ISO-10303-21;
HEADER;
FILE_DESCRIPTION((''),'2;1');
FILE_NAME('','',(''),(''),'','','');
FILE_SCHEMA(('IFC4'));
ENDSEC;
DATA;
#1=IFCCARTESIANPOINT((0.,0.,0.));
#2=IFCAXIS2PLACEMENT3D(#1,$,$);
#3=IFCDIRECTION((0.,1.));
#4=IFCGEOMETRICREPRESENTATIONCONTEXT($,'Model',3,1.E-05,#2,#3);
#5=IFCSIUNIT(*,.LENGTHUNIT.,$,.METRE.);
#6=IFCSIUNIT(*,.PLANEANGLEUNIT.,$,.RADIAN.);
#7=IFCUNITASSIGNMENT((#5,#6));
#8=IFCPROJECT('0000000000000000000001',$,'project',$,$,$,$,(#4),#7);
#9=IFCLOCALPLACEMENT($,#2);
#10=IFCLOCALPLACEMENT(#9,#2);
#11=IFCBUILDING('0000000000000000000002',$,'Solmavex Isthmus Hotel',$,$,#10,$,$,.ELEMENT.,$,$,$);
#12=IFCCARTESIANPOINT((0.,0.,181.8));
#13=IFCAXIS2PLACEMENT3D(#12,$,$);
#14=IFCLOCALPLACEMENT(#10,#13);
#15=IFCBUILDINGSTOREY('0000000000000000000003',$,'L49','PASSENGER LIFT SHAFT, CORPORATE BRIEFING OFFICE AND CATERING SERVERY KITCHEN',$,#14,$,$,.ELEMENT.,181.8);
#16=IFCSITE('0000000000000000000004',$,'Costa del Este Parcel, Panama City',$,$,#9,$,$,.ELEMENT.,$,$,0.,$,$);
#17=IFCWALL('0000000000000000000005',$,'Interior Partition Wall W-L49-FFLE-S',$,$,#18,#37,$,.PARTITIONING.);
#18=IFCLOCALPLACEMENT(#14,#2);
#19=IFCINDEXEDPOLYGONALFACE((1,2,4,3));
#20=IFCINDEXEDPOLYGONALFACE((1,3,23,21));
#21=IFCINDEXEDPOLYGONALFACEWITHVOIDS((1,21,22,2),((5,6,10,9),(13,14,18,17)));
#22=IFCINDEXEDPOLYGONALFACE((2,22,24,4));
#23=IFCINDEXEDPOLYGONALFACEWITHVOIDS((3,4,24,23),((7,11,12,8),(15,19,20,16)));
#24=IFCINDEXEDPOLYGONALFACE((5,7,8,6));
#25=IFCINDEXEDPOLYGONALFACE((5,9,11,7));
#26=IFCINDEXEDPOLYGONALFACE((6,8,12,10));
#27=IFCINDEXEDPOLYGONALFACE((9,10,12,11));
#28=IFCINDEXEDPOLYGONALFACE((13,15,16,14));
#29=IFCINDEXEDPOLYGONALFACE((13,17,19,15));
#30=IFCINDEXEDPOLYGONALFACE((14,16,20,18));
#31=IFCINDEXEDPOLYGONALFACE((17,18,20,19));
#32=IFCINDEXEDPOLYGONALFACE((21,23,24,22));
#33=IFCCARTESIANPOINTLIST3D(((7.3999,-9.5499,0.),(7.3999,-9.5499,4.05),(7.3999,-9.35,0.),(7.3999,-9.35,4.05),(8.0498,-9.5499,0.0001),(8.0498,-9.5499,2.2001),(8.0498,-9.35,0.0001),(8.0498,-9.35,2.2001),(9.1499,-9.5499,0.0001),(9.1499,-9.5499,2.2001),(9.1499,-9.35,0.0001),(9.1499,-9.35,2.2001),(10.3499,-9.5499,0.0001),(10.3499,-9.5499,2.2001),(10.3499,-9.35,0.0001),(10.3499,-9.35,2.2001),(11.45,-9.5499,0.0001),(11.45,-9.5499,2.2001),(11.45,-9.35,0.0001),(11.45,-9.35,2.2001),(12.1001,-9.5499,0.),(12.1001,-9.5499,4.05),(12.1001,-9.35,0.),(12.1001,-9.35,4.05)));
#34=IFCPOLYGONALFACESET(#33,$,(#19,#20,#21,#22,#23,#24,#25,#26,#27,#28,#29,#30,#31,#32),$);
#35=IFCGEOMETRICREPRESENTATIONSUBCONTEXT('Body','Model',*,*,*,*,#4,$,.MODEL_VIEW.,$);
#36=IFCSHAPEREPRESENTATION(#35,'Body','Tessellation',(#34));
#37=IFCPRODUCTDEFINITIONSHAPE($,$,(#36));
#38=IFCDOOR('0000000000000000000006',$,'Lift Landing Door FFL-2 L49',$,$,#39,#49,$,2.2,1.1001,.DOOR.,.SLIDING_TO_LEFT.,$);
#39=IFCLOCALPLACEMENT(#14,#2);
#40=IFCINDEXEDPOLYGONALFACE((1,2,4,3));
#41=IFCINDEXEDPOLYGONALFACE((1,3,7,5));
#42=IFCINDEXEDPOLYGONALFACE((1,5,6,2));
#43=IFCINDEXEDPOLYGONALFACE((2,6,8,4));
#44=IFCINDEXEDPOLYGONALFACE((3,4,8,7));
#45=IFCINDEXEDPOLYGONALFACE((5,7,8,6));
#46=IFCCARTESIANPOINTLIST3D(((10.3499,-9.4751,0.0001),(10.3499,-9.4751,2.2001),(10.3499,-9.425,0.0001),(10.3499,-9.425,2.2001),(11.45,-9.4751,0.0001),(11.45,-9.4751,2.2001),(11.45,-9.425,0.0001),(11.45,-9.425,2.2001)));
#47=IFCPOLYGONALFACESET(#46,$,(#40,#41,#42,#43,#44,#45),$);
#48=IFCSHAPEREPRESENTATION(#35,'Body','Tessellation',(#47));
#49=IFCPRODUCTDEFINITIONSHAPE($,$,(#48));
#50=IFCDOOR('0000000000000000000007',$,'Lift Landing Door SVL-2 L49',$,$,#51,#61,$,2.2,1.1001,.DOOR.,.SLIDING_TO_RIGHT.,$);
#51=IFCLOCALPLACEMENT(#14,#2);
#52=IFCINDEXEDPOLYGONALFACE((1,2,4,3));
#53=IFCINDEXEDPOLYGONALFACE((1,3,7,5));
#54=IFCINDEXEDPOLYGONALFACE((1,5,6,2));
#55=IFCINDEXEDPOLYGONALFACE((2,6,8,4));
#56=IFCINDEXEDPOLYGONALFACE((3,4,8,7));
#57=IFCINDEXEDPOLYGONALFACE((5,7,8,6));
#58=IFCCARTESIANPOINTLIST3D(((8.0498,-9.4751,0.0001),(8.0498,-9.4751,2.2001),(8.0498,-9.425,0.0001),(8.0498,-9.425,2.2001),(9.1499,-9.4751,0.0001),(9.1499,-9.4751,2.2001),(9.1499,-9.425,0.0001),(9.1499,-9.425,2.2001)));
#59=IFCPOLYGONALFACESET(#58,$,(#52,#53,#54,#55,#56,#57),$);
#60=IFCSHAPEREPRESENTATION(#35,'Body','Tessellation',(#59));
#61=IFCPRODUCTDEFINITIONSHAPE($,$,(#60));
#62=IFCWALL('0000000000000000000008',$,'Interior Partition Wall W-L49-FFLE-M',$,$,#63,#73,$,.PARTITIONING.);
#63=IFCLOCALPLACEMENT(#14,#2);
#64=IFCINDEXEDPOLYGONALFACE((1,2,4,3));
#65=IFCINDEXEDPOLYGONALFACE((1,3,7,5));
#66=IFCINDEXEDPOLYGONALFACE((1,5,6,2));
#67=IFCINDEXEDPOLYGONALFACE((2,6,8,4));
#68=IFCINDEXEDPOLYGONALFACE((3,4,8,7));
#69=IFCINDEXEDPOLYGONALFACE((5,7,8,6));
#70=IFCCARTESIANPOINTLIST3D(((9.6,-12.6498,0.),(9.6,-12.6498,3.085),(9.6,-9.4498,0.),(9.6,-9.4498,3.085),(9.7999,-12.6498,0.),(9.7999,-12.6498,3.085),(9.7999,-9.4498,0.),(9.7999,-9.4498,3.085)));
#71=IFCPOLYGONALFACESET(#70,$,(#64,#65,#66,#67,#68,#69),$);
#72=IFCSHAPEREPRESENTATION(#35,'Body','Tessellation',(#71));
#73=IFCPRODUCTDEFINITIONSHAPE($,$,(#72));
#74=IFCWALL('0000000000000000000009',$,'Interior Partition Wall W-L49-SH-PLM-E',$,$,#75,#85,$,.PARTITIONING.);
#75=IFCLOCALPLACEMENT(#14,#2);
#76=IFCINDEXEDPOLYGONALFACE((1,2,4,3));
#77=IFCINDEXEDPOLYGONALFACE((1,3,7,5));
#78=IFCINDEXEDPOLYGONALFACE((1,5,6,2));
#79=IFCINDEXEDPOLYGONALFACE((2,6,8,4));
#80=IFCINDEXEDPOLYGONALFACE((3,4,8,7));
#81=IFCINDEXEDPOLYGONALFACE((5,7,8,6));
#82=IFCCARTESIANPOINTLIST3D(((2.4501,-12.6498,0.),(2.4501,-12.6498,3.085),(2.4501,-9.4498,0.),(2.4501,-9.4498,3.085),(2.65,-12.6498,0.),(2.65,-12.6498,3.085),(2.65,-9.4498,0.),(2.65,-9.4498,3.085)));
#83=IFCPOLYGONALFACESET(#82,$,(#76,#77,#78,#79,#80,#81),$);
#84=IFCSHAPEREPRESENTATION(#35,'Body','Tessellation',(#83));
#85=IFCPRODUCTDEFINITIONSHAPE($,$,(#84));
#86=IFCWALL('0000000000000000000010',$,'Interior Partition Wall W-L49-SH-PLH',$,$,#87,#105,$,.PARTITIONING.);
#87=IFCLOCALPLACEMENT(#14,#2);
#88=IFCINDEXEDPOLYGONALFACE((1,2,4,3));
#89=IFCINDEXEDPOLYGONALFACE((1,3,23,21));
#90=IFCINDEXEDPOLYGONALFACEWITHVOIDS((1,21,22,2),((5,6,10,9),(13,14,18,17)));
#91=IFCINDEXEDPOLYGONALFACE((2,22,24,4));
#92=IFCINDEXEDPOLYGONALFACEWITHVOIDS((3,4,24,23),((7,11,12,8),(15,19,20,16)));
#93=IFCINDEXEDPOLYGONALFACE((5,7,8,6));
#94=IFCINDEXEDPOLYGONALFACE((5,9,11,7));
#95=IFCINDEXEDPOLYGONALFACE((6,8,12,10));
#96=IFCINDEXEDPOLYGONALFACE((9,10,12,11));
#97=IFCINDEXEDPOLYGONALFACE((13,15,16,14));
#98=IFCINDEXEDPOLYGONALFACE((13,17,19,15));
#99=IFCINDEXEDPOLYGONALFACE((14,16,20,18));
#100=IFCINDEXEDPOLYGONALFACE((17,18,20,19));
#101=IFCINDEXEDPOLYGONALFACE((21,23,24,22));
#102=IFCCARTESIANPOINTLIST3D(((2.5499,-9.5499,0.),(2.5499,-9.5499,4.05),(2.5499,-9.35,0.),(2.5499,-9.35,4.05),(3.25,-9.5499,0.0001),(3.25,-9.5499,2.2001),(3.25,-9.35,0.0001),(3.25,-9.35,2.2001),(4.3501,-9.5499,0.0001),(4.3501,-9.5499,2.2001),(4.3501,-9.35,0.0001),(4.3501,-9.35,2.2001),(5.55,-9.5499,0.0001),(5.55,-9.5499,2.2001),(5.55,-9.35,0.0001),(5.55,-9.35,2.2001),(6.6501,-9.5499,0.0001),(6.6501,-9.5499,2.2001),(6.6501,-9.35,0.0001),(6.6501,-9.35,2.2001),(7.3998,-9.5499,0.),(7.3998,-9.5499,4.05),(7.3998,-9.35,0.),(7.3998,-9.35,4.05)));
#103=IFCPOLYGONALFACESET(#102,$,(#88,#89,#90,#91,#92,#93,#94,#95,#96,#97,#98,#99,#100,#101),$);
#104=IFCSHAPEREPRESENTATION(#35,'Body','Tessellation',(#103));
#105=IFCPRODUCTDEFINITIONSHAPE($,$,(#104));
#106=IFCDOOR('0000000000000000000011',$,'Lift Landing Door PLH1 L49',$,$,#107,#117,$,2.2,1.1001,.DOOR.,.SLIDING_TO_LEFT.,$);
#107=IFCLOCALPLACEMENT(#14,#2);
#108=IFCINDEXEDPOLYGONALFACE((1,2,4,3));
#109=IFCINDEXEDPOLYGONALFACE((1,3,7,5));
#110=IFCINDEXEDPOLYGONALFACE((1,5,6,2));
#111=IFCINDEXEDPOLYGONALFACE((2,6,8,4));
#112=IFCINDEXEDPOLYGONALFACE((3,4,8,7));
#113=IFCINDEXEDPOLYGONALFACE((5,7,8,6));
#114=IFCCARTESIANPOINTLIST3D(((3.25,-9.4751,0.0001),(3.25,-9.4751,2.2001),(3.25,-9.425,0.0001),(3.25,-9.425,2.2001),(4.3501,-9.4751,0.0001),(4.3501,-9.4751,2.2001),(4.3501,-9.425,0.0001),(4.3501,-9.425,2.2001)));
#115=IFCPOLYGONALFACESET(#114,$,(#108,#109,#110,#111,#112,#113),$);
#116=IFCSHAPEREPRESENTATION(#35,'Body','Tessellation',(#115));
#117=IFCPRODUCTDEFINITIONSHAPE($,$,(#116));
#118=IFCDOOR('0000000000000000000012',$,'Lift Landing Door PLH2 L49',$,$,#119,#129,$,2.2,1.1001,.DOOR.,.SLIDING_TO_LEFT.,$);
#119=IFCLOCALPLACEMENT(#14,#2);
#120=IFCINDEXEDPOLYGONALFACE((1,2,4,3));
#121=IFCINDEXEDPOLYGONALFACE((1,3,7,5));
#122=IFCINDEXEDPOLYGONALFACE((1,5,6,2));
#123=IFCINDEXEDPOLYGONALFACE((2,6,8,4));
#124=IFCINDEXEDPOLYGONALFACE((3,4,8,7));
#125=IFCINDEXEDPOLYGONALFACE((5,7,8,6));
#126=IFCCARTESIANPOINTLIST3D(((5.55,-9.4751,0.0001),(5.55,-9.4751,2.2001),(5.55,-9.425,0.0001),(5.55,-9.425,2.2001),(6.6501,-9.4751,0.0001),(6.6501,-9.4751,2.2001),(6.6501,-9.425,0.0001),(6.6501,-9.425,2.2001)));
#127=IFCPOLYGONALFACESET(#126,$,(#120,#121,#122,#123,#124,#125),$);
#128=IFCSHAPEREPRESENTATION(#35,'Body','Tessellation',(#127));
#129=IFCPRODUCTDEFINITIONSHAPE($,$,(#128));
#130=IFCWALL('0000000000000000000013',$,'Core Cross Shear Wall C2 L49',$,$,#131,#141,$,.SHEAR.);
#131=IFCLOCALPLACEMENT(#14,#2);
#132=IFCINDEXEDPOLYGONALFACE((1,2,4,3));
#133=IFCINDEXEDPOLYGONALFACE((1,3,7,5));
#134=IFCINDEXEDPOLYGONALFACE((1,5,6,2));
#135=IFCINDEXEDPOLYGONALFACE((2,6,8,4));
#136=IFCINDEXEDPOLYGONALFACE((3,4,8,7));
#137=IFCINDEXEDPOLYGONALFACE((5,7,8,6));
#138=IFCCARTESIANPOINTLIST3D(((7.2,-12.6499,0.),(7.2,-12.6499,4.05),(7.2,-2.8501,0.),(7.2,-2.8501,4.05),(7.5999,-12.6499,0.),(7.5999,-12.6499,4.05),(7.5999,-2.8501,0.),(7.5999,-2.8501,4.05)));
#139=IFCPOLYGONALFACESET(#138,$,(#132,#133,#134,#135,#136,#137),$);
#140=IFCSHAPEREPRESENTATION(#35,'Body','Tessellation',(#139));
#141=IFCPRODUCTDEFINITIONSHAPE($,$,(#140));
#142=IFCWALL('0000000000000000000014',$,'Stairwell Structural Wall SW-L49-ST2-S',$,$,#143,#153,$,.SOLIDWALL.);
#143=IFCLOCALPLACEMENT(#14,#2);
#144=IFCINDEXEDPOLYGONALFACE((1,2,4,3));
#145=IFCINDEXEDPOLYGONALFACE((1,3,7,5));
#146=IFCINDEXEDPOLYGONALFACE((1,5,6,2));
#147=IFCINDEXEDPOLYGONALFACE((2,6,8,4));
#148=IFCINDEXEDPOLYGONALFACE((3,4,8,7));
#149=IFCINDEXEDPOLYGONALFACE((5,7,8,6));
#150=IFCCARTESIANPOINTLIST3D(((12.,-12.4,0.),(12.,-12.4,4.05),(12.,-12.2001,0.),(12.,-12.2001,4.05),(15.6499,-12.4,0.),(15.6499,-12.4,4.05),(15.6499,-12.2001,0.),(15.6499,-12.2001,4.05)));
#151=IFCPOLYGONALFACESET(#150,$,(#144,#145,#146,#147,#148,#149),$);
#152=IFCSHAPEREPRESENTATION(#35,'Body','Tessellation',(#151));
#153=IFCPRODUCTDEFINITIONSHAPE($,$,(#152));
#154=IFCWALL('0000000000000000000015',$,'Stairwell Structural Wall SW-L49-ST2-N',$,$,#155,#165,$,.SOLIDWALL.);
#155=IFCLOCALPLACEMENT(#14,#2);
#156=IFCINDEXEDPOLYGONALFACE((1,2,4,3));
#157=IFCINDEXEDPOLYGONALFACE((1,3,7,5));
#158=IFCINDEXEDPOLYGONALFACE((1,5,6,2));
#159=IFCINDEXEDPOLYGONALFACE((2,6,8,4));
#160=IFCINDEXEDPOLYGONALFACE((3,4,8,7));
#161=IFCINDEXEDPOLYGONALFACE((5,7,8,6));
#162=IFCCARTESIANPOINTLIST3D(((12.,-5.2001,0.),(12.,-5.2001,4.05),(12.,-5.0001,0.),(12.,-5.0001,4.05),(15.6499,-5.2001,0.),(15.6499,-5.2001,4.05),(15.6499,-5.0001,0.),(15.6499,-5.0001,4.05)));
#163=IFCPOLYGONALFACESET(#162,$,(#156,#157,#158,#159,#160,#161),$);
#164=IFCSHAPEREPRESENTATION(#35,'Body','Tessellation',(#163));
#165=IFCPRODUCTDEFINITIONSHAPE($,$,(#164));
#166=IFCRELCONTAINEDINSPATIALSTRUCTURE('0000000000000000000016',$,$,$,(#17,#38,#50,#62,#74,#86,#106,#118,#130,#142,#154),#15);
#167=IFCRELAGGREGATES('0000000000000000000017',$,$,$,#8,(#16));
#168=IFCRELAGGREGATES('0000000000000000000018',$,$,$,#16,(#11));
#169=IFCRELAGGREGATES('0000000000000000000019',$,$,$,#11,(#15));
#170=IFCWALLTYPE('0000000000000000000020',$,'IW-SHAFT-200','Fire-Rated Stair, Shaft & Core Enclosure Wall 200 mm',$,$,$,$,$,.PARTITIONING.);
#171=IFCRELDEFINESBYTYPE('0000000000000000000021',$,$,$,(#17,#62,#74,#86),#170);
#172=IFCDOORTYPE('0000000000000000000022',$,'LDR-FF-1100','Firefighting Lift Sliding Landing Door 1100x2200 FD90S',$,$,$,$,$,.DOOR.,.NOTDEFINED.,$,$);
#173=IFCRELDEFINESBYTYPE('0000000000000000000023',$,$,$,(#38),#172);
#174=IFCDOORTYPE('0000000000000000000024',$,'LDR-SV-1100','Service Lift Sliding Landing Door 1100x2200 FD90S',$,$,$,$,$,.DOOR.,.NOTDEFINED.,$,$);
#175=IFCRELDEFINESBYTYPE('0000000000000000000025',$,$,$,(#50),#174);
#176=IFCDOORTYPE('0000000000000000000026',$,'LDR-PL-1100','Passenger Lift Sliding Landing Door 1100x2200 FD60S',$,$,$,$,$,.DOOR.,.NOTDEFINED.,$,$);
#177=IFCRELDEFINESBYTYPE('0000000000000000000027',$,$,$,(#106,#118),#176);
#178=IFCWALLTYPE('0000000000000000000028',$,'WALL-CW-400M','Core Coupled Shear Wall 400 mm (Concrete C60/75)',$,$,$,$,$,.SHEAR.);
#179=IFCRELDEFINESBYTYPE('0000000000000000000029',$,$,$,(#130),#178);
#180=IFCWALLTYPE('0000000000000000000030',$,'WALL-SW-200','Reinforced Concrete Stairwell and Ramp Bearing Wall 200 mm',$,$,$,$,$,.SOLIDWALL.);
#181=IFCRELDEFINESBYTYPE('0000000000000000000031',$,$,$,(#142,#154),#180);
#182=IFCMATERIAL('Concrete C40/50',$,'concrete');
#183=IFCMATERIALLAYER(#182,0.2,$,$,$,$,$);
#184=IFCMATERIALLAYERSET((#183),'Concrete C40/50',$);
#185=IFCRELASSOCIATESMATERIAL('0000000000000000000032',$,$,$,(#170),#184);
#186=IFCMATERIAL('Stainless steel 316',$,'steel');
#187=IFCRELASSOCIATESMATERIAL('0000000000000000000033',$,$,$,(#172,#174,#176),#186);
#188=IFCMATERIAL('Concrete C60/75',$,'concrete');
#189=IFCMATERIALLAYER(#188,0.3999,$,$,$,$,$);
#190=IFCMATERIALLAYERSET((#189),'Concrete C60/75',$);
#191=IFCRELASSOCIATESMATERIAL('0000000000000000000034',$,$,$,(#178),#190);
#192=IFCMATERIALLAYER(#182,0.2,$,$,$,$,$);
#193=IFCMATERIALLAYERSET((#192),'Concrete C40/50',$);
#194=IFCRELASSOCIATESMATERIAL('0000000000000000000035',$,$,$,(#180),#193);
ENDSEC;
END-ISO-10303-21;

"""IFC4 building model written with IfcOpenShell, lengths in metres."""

from ifc_helpers import new_model, si_unit, direction, frame, frame_2d, origin, place, context, subcontext, project, spatial, rectangle, extrude, material, layer, layer_set, type_object, element, fill, save


model = new_model("IFC4")

# Units and contexts
model_context = context("Model", 3, precision=1e-05, world=origin(), true_north=direction((0.0, 1.0)))
body_context = subcontext(model_context, "Body", "Model", "MODEL_VIEW")
ifc_project = project(units=[si_unit("LENGTHUNIT", "METRE"), si_unit("PLANEANGLEUNIT", "RADIAN")], contexts=[model_context])

# Site, building, storey
site_placement = place(None, origin())
site = spatial("IfcSite", under=ifc_project, at=site_placement, Name="Costa del Este Parcel, Panama City", CompositionType="ELEMENT", RefElevation=0.0)
building_placement = place(site_placement, origin())
building = spatial("IfcBuilding", under=site, at=building_placement, Name="Solmavex Isthmus Hotel", CompositionType="ELEMENT")
storey_placement = place(building_placement, frame((0.0, 0.0, 181.8)))
storey = spatial("IfcBuildingStorey", under=building, at=storey_placement, Name="L49", Description="PASSENGER LIFT SHAFT, CORPORATE BRIEFING OFFICE AND CATERING SERVERY KITCHEN", CompositionType="ELEMENT", Elevation=181.8)

# Shared definitions
ifc_material_1 = material(Name="Concrete C60/75", Category="concrete")

# Shared definitions
ifc_material_2 = material(Name="Concrete C40/50", Category="concrete")

# Shared definitions
ifc_layer_1 = layer(ifc_material_2, 0.2)
ifc_layer_set_1 = layer_set([ifc_layer_1], Name="Concrete C40/50")
wall_type_1 = type_object("IfcWallType", Name="IW-SHAFT-200", Description="Fire-Rated Stair, Shaft & Core Enclosure Wall 200 mm", PredefinedType="PARTITIONING", material=ifc_layer_set_1)

# Wall, openings, doors
wall_1_placement = place(storey_placement, frame((7.3999, -9.45, 0.0), z_axis=(0.0, 0.0, 1.0), x_axis=(1.0, 0.0, 0.0)))
wall_1 = element("IfcWall", 1, at=wall_1_placement, inside=storey, type_object=wall_type_1, Name="Interior Partition Wall W-L49-FFLE-S", PredefinedType="PARTITIONING", context=body_context, shape_type="SweptSolid", body=[
    extrude(rectangle(XDim=4.7002, YDim=0.2, at=frame_2d((2.3501, 0.0))), origin(), (0.0, 0.0, 1.0), 4.05),
])
opening_1_placement = place(wall_1_placement, frame((2.95, 0.0, 0.0)))
opening_1 = element("IfcOpeningElement", 2, at=opening_1_placement, cuts=wall_1, PredefinedType="OPENING", context=body_context, shape_type="SweptSolid", body=[
    extrude(rectangle(XDim=1.1001, YDim=2.2, at=frame_2d((0.55, 1.1001))), frame((0.0, 0.1099, 0.0), z_axis=(0.0, -1.0, 0.0), x_axis=(1.0, 0.0, 0.0)), (0.0, 0.0, 1.0), 0.22),
])
opening_2_placement = place(wall_1_placement, frame((0.6499, 0.0, 0.0)))
opening_2 = element("IfcOpeningElement", 3, at=opening_2_placement, cuts=wall_1, PredefinedType="OPENING", context=body_context, shape_type="SweptSolid", body=[
    extrude(rectangle(XDim=1.1001, YDim=2.2, at=frame_2d((0.55, 1.1001))), frame((0.0, 0.1099, 0.0), z_axis=(0.0, -1.0, 0.0), x_axis=(1.0, 0.0, 0.0)), (0.0, 0.0, 1.0), 0.22),
])
ifc_material_3 = material(Name="Stainless steel 316", Category="steel")
door_type_1 = type_object("IfcDoorType", Name="LDR-FF-1100", Description="Firefighting Lift Sliding Landing Door 1100x2200 FD90S", OperationType="NOTDEFINED", PredefinedType="DOOR", material=ifc_material_3)
door_1_placement = place(opening_1_placement, origin())
door_1 = element("IfcDoor", 4, at=door_1_placement, inside=storey, type_object=door_type_1, Name="Lift Landing Door FFL-2 L49", OperationType="SLIDING_TO_LEFT", OverallHeight=2.2, OverallWidth=1.1001, PredefinedType="DOOR", context=body_context, shape_type="SweptSolid", body=[
    extrude(rectangle(XDim=1.1001, YDim=2.2, at=frame_2d((0.55, 1.1001))), frame((0.0, 0.0249, 0.0), z_axis=(0.0, -1.0, 0.0), x_axis=(1.0, 0.0, 0.0)), (0.0, 0.0, 1.0), 0.05),
])
fill(opening_1, door_1)
door_type_2 = type_object("IfcDoorType", Name="LDR-SV-1100", Description="Service Lift Sliding Landing Door 1100x2200 FD90S", OperationType="NOTDEFINED", PredefinedType="DOOR", material=ifc_material_3)
door_2_placement = place(opening_2_placement, origin())
door_2 = element("IfcDoor", 5, at=door_2_placement, inside=storey, type_object=door_type_2, Name="Lift Landing Door SVL-2 L49", OperationType="SLIDING_TO_RIGHT", OverallHeight=2.2, OverallWidth=1.1001, PredefinedType="DOOR", context=body_context, shape_type="SweptSolid", body=[
    extrude(rectangle(XDim=1.1001, YDim=2.2, at=frame_2d((0.55, 1.1001))), frame((0.0, 0.0249, 0.0), z_axis=(0.0, -1.0, 0.0), x_axis=(1.0, 0.0, 0.0)), (0.0, 0.0, 1.0), 0.05),
])
fill(opening_2, door_2)

# Walls
for number, where, z_axis, x_axis, name in (
    (6, (9.7, -12.6499, 0.0), (0.0, 0.0, 1.0), (0.0, 1.0, 0.0), "Interior Partition Wall W-L49-FFLE-M"),
    (7, (2.55, -12.6499, 0.0), (0.0, 0.0, 1.0), (0.0, 1.0, 0.0), "Interior Partition Wall W-L49-SH-PLM-E"),
):
    element("IfcWall", number, at=place(storey_placement, frame(where, z_axis=z_axis, x_axis=x_axis)), inside=storey, type_object=wall_type_1, Name=name, PredefinedType="PARTITIONING", context=body_context, shape_type="SweptSolid", body=[
        extrude(rectangle(XDim=3.2, YDim=0.2, at=frame_2d((1.6001, 0.0))), origin(), (0.0, 0.0, 1.0), 3.085),
    ])

# Wall, openings, doors
wall_2_placement = place(storey_placement, frame((2.55, -9.45, 0.0), z_axis=(0.0, 0.0, 1.0), x_axis=(1.0, 0.0, 0.0)))
wall_2 = element("IfcWall", 8, at=wall_2_placement, inside=storey, type_object=wall_type_1, Name="Interior Partition Wall W-L49-SH-PLH", PredefinedType="PARTITIONING", context=body_context, shape_type="SweptSolid", body=[
    extrude(rectangle(XDim=4.8499, YDim=0.2, at=frame_2d((2.4248, 0.0))), origin(), (0.0, 0.0, 1.0), 4.05),
])
opening_3_placement = place(wall_2_placement, frame((0.7, 0.0, 0.0)))
opening_3 = element("IfcOpeningElement", 9, at=opening_3_placement, cuts=wall_2, PredefinedType="OPENING", context=body_context, shape_type="SweptSolid", body=[
    extrude(rectangle(XDim=1.1001, YDim=2.2, at=frame_2d((0.55, 1.1001))), frame((0.0, 0.1099, 0.0), z_axis=(0.0, -1.0, 0.0), x_axis=(1.0, 0.0, 0.0)), (0.0, 0.0, 1.0), 0.22),
])
opening_4_placement = place(wall_2_placement, frame((3.0, 0.0, 0.0)))
opening_4 = element("IfcOpeningElement", 10, at=opening_4_placement, cuts=wall_2, PredefinedType="OPENING", context=body_context, shape_type="SweptSolid", body=[
    extrude(rectangle(XDim=1.1001, YDim=2.2, at=frame_2d((0.55, 1.1001))), frame((0.0, 0.1099, 0.0), z_axis=(0.0, -1.0, 0.0), x_axis=(1.0, 0.0, 0.0)), (0.0, 0.0, 1.0), 0.22),
])
door_type_3 = type_object("IfcDoorType", Name="LDR-PL-1100", Description="Passenger Lift Sliding Landing Door 1100x2200 FD60S", OperationType="NOTDEFINED", PredefinedType="DOOR", material=ifc_material_3)
door_3_placement = place(opening_3_placement, origin())
door_3 = element("IfcDoor", 11, at=door_3_placement, inside=storey, type_object=door_type_3, Name="Lift Landing Door PLH1 L49", OperationType="SLIDING_TO_LEFT", OverallHeight=2.2, OverallWidth=1.1001, PredefinedType="DOOR", context=body_context, shape_type="SweptSolid", body=[
    extrude(rectangle(XDim=1.1001, YDim=2.2, at=frame_2d((0.55, 1.1001))), frame((0.0, 0.0249, 0.0), z_axis=(0.0, -1.0, 0.0), x_axis=(1.0, 0.0, 0.0)), (0.0, 0.0, 1.0), 0.05),
])
fill(opening_3, door_3)
door_4_placement = place(opening_4_placement, origin())
door_4 = element("IfcDoor", 12, at=door_4_placement, inside=storey, type_object=door_type_3, Name="Lift Landing Door PLH2 L49", OperationType="SLIDING_TO_LEFT", OverallHeight=2.2, OverallWidth=1.1001, PredefinedType="DOOR", context=body_context, shape_type="SweptSolid", body=[
    extrude(rectangle(XDim=1.1001, YDim=2.2, at=frame_2d((0.55, 1.1001))), frame((0.0, 0.0249, 0.0), z_axis=(0.0, -1.0, 0.0), x_axis=(1.0, 0.0, 0.0)), (0.0, 0.0, 1.0), 0.05),
])
fill(opening_4, door_4)

# Walls
ifc_layer_2 = layer(ifc_material_1, 0.3999)
ifc_layer_set_2 = layer_set([ifc_layer_2], Name="Concrete C60/75")
wall_type_2 = type_object("IfcWallType", Name="WALL-CW-400M", Description="Core Coupled Shear Wall 400 mm (Concrete C60/75)", PredefinedType="SHEAR", material=ifc_layer_set_2)
wall_3_placement = place(storey_placement, frame((7.3999, -12.6499, 0.0), z_axis=(0.0, 0.0, 1.0), x_axis=(0.0, 1.0, 0.0)))
element("IfcWall", 13, at=wall_3_placement, inside=storey, type_object=wall_type_2, Name="Core Cross Shear Wall C2 L49", PredefinedType="SHEAR", context=body_context, shape_type="SweptSolid", body=[
    extrude(rectangle(XDim=9.7998, YDim=0.3999, at=frame_2d((4.8999, 0.0))), origin(), (0.0, 0.0, 1.0), 4.05),
])
ifc_layer_3 = layer(ifc_material_2, 0.2)
ifc_layer_set_3 = layer_set([ifc_layer_3], Name="Concrete C40/50")
wall_type_3 = type_object("IfcWallType", Name="WALL-SW-200", Description="Reinforced Concrete Stairwell and Ramp Bearing Wall 200 mm", PredefinedType="SOLIDWALL", material=ifc_layer_set_3)
for number, where, z_axis, x_axis, name in (
    (14, (12.0, -12.3, 0.0), (0.0, 0.0, 1.0), (1.0, 0.0, 0.0), "Stairwell Structural Wall SW-L49-ST2-S"),
    (15, (12.0, -5.1001, 0.0), (0.0, 0.0, 1.0), (1.0, 0.0, 0.0), "Stairwell Structural Wall SW-L49-ST2-N"),
):
    element("IfcWall", number, at=place(storey_placement, frame(where, z_axis=z_axis, x_axis=x_axis)), inside=storey, type_object=wall_type_3, Name=name, PredefinedType="SOLIDWALL", context=body_context, shape_type="SweptSolid", body=[
        extrude(rectangle(XDim=3.6499, YDim=0.2, at=frame_2d((1.825, 0.0))), origin(), (0.0, 0.0, 1.0), 4.05),
    ])

save(model, "model.ifc")
